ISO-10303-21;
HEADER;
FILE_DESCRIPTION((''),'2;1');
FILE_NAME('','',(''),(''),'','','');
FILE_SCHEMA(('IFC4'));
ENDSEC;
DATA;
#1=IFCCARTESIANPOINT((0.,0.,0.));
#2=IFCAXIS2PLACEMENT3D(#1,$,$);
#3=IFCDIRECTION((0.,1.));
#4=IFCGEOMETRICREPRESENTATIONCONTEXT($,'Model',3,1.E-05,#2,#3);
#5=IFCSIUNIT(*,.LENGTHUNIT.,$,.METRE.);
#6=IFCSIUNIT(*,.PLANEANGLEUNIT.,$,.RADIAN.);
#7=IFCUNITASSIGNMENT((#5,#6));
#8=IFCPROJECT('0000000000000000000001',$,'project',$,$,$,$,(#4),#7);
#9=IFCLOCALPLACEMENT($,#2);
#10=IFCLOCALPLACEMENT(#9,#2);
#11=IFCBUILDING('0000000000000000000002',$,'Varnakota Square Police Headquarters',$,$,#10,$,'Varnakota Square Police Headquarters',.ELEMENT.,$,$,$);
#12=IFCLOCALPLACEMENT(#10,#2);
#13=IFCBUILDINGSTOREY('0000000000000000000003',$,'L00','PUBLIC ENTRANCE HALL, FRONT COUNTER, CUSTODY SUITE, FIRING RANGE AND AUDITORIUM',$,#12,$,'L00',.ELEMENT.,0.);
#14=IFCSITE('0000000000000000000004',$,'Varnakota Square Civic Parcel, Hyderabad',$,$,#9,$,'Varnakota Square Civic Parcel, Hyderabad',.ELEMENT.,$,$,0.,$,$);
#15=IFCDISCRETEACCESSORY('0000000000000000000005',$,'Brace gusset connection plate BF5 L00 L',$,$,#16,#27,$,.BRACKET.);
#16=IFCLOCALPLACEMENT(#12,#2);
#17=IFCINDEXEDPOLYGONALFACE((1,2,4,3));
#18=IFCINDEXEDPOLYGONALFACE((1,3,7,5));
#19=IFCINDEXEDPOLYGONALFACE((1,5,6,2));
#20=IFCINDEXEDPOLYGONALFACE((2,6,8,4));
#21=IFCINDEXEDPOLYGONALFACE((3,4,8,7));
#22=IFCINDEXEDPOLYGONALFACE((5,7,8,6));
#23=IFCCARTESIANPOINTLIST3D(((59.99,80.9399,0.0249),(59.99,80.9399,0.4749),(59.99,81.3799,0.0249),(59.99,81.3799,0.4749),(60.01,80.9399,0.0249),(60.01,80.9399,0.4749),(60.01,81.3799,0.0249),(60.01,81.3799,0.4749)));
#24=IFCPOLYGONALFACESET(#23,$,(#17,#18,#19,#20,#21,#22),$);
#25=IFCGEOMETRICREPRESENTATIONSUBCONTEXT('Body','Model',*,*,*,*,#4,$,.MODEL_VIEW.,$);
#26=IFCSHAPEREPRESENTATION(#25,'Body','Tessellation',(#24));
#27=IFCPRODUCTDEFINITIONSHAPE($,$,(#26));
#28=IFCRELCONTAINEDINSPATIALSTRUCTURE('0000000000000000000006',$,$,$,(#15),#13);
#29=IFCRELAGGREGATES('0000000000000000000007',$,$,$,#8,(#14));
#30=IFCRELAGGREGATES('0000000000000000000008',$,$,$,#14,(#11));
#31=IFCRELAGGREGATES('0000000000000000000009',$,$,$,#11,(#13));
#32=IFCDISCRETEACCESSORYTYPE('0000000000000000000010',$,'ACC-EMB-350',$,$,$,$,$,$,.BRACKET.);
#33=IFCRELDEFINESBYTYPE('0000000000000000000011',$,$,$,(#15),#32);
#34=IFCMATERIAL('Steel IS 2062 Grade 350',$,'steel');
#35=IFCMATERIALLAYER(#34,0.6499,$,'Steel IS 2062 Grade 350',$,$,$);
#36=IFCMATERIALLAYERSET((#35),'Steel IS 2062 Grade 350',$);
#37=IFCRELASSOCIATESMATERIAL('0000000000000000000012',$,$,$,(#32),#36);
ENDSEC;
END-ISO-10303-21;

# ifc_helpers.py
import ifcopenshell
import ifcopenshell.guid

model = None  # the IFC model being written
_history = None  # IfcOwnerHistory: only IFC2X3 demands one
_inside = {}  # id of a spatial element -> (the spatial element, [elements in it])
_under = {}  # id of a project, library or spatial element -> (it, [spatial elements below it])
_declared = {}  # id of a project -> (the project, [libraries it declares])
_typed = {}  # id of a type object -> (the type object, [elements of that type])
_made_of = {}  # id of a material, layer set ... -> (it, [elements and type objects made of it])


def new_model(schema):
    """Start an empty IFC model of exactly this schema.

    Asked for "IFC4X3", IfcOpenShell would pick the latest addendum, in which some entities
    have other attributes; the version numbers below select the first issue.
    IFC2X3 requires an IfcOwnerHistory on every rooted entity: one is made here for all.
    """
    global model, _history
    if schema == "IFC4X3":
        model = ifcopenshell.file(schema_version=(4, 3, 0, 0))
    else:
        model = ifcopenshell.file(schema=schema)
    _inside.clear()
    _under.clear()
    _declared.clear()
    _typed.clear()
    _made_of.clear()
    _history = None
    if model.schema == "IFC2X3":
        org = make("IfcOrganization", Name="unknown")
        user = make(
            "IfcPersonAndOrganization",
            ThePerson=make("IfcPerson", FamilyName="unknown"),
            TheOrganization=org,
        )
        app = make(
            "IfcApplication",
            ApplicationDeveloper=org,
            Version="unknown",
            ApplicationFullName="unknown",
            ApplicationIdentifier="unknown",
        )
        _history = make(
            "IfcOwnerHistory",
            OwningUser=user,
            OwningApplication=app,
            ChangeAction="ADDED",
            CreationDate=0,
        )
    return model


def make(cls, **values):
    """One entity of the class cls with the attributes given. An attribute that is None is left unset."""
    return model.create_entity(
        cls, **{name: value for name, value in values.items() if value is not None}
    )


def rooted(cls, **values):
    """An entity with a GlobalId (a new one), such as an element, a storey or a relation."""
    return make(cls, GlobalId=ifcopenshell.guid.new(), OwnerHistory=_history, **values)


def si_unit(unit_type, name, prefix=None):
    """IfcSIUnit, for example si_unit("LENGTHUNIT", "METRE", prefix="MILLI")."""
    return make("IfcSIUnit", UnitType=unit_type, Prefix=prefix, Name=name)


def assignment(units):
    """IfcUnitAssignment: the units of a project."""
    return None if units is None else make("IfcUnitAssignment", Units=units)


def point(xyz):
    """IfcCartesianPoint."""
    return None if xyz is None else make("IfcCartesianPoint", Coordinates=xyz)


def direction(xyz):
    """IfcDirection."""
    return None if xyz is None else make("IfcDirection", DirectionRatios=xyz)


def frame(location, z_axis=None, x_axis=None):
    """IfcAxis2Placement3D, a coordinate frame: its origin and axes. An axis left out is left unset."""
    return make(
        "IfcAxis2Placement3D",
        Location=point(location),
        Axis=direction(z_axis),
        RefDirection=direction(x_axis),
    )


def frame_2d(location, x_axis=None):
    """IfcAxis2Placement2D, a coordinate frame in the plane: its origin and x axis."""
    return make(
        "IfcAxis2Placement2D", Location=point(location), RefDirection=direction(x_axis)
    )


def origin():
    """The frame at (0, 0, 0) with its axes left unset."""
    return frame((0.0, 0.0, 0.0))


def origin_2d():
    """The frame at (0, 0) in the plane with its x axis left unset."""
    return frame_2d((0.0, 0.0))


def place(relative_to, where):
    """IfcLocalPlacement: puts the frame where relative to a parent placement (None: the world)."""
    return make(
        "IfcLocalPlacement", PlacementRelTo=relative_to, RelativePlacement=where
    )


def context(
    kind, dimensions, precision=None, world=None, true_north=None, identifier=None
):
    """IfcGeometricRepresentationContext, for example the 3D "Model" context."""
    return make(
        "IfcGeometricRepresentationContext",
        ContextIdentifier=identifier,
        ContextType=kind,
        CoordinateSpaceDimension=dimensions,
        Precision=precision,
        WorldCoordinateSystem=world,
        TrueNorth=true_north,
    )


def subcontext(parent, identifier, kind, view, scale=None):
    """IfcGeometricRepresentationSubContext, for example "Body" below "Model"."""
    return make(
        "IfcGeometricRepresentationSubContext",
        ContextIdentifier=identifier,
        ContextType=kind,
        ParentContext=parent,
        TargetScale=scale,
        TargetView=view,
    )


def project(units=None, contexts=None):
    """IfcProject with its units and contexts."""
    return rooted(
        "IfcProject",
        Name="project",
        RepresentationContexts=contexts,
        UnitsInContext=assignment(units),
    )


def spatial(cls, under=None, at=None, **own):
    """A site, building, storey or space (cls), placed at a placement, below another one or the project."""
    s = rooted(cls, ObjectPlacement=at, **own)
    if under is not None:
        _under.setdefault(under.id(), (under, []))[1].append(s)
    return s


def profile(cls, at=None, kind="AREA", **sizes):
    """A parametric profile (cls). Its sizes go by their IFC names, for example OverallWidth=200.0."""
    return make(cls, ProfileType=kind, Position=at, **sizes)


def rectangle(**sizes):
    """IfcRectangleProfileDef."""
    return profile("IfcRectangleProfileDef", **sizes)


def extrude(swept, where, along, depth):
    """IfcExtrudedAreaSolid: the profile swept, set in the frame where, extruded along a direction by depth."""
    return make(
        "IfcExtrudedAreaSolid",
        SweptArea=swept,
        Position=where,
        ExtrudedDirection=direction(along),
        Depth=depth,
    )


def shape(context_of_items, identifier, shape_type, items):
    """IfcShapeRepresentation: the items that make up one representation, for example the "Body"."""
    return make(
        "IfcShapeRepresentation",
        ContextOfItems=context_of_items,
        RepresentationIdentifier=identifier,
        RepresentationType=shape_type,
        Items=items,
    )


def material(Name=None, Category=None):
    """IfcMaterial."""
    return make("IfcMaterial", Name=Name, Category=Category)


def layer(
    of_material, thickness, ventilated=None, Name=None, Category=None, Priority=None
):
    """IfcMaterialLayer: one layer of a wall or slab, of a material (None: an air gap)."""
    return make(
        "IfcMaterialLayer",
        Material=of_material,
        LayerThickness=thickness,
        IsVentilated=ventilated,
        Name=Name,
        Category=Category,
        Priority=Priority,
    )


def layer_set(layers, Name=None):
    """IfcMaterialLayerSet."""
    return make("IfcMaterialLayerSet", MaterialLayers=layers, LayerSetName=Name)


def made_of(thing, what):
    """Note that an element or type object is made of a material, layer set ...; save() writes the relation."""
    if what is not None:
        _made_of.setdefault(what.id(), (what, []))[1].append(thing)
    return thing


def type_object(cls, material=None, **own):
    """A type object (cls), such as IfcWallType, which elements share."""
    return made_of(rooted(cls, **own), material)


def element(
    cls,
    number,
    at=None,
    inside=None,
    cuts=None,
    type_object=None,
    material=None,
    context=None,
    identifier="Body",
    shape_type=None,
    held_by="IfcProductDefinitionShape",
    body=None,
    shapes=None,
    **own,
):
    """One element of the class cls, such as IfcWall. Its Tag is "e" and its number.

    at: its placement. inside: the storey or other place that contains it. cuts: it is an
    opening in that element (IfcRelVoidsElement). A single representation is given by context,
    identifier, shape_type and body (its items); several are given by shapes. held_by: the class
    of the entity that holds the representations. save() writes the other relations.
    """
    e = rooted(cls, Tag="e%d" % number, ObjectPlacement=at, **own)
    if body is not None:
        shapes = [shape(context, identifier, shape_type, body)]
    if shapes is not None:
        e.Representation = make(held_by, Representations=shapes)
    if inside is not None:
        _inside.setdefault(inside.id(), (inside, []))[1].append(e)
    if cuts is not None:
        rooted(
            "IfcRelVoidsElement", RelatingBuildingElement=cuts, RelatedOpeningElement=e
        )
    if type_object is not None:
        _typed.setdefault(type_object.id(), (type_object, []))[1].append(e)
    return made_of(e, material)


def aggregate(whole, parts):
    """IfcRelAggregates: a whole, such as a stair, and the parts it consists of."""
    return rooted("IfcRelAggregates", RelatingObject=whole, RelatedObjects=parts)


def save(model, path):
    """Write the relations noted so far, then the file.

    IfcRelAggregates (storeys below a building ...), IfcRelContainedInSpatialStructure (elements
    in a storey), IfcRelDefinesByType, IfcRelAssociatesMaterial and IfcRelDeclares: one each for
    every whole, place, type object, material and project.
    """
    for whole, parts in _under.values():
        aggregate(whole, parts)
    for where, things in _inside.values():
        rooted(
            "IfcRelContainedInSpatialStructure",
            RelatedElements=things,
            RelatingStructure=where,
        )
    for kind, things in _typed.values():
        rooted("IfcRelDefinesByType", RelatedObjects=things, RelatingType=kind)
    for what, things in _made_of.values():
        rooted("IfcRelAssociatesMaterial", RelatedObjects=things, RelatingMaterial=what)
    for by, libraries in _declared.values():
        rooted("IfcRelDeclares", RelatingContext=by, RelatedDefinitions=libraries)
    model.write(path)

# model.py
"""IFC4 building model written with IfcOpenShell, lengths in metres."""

from ifc_helpers import new_model, si_unit, direction, frame, origin, origin_2d, place, context, subcontext, project, spatial, rectangle, extrude, material, layer, layer_set, type_object, element, save


model = new_model("IFC4")

# Units and contexts
model_context = context("Model", 3, precision=1e-05, world=origin(), true_north=direction((0.0, 1.0)))
body_context = subcontext(model_context, "Body", "Model", "MODEL_VIEW")
ifc_project = project(units=[si_unit("LENGTHUNIT", "METRE"), si_unit("PLANEANGLEUNIT", "RADIAN")], contexts=[model_context])

# Site, building, storey
site_placement = place(None, origin())
site = spatial("IfcSite", under=ifc_project, at=site_placement, Name="Varnakota Square Civic Parcel, Hyderabad", LongName="Varnakota Square Civic Parcel, Hyderabad", CompositionType="ELEMENT", RefElevation=0.0)
building_placement = place(site_placement, origin())
building = spatial("IfcBuilding", under=site, at=building_placement, Name="Varnakota Square Police Headquarters", LongName="Varnakota Square Police Headquarters", CompositionType="ELEMENT")
storey_placement = place(building_placement, origin())
storey = spatial("IfcBuildingStorey", under=building, at=storey_placement, Name="L00", Description="PUBLIC ENTRANCE HALL, FRONT COUNTER, CUSTODY SUITE, FIRING RANGE AND AUDITORIUM", LongName="L00", CompositionType="ELEMENT", Elevation=0.0)

# Shared definitions
ifc_material_1 = material(Name="Steel IS 2062 Grade 350", Category="steel")

# Discrete accessory
ifc_layer_1 = layer(ifc_material_1, 0.6499, Name="Steel IS 2062 Grade 350")
ifc_layer_set_1 = layer_set([ifc_layer_1], Name="Steel IS 2062 Grade 350")
discrete_accessory_type = type_object("IfcDiscreteAccessoryType", Name="ACC-EMB-350", PredefinedType="BRACKET", material=ifc_layer_set_1)
discrete_accessory_placement = place(storey_placement, frame((60.0, 81.1599, 0.0249), z_axis=(0.0, 0.0, 1.0), x_axis=(0.0, 1.0, 0.0)))
element("IfcDiscreteAccessory", 1, at=discrete_accessory_placement, inside=storey, type_object=discrete_accessory_type, Name="Brace gusset connection plate BF5 L00 L", PredefinedType="BRACKET", context=body_context, shape_type="SweptSolid", body=[
    extrude(rectangle(XDim=0.4399, YDim=0.02, at=origin_2d()), origin(), (0.0, 0.0, 1.0), 0.45),
])

save(model, "model.ifc")
